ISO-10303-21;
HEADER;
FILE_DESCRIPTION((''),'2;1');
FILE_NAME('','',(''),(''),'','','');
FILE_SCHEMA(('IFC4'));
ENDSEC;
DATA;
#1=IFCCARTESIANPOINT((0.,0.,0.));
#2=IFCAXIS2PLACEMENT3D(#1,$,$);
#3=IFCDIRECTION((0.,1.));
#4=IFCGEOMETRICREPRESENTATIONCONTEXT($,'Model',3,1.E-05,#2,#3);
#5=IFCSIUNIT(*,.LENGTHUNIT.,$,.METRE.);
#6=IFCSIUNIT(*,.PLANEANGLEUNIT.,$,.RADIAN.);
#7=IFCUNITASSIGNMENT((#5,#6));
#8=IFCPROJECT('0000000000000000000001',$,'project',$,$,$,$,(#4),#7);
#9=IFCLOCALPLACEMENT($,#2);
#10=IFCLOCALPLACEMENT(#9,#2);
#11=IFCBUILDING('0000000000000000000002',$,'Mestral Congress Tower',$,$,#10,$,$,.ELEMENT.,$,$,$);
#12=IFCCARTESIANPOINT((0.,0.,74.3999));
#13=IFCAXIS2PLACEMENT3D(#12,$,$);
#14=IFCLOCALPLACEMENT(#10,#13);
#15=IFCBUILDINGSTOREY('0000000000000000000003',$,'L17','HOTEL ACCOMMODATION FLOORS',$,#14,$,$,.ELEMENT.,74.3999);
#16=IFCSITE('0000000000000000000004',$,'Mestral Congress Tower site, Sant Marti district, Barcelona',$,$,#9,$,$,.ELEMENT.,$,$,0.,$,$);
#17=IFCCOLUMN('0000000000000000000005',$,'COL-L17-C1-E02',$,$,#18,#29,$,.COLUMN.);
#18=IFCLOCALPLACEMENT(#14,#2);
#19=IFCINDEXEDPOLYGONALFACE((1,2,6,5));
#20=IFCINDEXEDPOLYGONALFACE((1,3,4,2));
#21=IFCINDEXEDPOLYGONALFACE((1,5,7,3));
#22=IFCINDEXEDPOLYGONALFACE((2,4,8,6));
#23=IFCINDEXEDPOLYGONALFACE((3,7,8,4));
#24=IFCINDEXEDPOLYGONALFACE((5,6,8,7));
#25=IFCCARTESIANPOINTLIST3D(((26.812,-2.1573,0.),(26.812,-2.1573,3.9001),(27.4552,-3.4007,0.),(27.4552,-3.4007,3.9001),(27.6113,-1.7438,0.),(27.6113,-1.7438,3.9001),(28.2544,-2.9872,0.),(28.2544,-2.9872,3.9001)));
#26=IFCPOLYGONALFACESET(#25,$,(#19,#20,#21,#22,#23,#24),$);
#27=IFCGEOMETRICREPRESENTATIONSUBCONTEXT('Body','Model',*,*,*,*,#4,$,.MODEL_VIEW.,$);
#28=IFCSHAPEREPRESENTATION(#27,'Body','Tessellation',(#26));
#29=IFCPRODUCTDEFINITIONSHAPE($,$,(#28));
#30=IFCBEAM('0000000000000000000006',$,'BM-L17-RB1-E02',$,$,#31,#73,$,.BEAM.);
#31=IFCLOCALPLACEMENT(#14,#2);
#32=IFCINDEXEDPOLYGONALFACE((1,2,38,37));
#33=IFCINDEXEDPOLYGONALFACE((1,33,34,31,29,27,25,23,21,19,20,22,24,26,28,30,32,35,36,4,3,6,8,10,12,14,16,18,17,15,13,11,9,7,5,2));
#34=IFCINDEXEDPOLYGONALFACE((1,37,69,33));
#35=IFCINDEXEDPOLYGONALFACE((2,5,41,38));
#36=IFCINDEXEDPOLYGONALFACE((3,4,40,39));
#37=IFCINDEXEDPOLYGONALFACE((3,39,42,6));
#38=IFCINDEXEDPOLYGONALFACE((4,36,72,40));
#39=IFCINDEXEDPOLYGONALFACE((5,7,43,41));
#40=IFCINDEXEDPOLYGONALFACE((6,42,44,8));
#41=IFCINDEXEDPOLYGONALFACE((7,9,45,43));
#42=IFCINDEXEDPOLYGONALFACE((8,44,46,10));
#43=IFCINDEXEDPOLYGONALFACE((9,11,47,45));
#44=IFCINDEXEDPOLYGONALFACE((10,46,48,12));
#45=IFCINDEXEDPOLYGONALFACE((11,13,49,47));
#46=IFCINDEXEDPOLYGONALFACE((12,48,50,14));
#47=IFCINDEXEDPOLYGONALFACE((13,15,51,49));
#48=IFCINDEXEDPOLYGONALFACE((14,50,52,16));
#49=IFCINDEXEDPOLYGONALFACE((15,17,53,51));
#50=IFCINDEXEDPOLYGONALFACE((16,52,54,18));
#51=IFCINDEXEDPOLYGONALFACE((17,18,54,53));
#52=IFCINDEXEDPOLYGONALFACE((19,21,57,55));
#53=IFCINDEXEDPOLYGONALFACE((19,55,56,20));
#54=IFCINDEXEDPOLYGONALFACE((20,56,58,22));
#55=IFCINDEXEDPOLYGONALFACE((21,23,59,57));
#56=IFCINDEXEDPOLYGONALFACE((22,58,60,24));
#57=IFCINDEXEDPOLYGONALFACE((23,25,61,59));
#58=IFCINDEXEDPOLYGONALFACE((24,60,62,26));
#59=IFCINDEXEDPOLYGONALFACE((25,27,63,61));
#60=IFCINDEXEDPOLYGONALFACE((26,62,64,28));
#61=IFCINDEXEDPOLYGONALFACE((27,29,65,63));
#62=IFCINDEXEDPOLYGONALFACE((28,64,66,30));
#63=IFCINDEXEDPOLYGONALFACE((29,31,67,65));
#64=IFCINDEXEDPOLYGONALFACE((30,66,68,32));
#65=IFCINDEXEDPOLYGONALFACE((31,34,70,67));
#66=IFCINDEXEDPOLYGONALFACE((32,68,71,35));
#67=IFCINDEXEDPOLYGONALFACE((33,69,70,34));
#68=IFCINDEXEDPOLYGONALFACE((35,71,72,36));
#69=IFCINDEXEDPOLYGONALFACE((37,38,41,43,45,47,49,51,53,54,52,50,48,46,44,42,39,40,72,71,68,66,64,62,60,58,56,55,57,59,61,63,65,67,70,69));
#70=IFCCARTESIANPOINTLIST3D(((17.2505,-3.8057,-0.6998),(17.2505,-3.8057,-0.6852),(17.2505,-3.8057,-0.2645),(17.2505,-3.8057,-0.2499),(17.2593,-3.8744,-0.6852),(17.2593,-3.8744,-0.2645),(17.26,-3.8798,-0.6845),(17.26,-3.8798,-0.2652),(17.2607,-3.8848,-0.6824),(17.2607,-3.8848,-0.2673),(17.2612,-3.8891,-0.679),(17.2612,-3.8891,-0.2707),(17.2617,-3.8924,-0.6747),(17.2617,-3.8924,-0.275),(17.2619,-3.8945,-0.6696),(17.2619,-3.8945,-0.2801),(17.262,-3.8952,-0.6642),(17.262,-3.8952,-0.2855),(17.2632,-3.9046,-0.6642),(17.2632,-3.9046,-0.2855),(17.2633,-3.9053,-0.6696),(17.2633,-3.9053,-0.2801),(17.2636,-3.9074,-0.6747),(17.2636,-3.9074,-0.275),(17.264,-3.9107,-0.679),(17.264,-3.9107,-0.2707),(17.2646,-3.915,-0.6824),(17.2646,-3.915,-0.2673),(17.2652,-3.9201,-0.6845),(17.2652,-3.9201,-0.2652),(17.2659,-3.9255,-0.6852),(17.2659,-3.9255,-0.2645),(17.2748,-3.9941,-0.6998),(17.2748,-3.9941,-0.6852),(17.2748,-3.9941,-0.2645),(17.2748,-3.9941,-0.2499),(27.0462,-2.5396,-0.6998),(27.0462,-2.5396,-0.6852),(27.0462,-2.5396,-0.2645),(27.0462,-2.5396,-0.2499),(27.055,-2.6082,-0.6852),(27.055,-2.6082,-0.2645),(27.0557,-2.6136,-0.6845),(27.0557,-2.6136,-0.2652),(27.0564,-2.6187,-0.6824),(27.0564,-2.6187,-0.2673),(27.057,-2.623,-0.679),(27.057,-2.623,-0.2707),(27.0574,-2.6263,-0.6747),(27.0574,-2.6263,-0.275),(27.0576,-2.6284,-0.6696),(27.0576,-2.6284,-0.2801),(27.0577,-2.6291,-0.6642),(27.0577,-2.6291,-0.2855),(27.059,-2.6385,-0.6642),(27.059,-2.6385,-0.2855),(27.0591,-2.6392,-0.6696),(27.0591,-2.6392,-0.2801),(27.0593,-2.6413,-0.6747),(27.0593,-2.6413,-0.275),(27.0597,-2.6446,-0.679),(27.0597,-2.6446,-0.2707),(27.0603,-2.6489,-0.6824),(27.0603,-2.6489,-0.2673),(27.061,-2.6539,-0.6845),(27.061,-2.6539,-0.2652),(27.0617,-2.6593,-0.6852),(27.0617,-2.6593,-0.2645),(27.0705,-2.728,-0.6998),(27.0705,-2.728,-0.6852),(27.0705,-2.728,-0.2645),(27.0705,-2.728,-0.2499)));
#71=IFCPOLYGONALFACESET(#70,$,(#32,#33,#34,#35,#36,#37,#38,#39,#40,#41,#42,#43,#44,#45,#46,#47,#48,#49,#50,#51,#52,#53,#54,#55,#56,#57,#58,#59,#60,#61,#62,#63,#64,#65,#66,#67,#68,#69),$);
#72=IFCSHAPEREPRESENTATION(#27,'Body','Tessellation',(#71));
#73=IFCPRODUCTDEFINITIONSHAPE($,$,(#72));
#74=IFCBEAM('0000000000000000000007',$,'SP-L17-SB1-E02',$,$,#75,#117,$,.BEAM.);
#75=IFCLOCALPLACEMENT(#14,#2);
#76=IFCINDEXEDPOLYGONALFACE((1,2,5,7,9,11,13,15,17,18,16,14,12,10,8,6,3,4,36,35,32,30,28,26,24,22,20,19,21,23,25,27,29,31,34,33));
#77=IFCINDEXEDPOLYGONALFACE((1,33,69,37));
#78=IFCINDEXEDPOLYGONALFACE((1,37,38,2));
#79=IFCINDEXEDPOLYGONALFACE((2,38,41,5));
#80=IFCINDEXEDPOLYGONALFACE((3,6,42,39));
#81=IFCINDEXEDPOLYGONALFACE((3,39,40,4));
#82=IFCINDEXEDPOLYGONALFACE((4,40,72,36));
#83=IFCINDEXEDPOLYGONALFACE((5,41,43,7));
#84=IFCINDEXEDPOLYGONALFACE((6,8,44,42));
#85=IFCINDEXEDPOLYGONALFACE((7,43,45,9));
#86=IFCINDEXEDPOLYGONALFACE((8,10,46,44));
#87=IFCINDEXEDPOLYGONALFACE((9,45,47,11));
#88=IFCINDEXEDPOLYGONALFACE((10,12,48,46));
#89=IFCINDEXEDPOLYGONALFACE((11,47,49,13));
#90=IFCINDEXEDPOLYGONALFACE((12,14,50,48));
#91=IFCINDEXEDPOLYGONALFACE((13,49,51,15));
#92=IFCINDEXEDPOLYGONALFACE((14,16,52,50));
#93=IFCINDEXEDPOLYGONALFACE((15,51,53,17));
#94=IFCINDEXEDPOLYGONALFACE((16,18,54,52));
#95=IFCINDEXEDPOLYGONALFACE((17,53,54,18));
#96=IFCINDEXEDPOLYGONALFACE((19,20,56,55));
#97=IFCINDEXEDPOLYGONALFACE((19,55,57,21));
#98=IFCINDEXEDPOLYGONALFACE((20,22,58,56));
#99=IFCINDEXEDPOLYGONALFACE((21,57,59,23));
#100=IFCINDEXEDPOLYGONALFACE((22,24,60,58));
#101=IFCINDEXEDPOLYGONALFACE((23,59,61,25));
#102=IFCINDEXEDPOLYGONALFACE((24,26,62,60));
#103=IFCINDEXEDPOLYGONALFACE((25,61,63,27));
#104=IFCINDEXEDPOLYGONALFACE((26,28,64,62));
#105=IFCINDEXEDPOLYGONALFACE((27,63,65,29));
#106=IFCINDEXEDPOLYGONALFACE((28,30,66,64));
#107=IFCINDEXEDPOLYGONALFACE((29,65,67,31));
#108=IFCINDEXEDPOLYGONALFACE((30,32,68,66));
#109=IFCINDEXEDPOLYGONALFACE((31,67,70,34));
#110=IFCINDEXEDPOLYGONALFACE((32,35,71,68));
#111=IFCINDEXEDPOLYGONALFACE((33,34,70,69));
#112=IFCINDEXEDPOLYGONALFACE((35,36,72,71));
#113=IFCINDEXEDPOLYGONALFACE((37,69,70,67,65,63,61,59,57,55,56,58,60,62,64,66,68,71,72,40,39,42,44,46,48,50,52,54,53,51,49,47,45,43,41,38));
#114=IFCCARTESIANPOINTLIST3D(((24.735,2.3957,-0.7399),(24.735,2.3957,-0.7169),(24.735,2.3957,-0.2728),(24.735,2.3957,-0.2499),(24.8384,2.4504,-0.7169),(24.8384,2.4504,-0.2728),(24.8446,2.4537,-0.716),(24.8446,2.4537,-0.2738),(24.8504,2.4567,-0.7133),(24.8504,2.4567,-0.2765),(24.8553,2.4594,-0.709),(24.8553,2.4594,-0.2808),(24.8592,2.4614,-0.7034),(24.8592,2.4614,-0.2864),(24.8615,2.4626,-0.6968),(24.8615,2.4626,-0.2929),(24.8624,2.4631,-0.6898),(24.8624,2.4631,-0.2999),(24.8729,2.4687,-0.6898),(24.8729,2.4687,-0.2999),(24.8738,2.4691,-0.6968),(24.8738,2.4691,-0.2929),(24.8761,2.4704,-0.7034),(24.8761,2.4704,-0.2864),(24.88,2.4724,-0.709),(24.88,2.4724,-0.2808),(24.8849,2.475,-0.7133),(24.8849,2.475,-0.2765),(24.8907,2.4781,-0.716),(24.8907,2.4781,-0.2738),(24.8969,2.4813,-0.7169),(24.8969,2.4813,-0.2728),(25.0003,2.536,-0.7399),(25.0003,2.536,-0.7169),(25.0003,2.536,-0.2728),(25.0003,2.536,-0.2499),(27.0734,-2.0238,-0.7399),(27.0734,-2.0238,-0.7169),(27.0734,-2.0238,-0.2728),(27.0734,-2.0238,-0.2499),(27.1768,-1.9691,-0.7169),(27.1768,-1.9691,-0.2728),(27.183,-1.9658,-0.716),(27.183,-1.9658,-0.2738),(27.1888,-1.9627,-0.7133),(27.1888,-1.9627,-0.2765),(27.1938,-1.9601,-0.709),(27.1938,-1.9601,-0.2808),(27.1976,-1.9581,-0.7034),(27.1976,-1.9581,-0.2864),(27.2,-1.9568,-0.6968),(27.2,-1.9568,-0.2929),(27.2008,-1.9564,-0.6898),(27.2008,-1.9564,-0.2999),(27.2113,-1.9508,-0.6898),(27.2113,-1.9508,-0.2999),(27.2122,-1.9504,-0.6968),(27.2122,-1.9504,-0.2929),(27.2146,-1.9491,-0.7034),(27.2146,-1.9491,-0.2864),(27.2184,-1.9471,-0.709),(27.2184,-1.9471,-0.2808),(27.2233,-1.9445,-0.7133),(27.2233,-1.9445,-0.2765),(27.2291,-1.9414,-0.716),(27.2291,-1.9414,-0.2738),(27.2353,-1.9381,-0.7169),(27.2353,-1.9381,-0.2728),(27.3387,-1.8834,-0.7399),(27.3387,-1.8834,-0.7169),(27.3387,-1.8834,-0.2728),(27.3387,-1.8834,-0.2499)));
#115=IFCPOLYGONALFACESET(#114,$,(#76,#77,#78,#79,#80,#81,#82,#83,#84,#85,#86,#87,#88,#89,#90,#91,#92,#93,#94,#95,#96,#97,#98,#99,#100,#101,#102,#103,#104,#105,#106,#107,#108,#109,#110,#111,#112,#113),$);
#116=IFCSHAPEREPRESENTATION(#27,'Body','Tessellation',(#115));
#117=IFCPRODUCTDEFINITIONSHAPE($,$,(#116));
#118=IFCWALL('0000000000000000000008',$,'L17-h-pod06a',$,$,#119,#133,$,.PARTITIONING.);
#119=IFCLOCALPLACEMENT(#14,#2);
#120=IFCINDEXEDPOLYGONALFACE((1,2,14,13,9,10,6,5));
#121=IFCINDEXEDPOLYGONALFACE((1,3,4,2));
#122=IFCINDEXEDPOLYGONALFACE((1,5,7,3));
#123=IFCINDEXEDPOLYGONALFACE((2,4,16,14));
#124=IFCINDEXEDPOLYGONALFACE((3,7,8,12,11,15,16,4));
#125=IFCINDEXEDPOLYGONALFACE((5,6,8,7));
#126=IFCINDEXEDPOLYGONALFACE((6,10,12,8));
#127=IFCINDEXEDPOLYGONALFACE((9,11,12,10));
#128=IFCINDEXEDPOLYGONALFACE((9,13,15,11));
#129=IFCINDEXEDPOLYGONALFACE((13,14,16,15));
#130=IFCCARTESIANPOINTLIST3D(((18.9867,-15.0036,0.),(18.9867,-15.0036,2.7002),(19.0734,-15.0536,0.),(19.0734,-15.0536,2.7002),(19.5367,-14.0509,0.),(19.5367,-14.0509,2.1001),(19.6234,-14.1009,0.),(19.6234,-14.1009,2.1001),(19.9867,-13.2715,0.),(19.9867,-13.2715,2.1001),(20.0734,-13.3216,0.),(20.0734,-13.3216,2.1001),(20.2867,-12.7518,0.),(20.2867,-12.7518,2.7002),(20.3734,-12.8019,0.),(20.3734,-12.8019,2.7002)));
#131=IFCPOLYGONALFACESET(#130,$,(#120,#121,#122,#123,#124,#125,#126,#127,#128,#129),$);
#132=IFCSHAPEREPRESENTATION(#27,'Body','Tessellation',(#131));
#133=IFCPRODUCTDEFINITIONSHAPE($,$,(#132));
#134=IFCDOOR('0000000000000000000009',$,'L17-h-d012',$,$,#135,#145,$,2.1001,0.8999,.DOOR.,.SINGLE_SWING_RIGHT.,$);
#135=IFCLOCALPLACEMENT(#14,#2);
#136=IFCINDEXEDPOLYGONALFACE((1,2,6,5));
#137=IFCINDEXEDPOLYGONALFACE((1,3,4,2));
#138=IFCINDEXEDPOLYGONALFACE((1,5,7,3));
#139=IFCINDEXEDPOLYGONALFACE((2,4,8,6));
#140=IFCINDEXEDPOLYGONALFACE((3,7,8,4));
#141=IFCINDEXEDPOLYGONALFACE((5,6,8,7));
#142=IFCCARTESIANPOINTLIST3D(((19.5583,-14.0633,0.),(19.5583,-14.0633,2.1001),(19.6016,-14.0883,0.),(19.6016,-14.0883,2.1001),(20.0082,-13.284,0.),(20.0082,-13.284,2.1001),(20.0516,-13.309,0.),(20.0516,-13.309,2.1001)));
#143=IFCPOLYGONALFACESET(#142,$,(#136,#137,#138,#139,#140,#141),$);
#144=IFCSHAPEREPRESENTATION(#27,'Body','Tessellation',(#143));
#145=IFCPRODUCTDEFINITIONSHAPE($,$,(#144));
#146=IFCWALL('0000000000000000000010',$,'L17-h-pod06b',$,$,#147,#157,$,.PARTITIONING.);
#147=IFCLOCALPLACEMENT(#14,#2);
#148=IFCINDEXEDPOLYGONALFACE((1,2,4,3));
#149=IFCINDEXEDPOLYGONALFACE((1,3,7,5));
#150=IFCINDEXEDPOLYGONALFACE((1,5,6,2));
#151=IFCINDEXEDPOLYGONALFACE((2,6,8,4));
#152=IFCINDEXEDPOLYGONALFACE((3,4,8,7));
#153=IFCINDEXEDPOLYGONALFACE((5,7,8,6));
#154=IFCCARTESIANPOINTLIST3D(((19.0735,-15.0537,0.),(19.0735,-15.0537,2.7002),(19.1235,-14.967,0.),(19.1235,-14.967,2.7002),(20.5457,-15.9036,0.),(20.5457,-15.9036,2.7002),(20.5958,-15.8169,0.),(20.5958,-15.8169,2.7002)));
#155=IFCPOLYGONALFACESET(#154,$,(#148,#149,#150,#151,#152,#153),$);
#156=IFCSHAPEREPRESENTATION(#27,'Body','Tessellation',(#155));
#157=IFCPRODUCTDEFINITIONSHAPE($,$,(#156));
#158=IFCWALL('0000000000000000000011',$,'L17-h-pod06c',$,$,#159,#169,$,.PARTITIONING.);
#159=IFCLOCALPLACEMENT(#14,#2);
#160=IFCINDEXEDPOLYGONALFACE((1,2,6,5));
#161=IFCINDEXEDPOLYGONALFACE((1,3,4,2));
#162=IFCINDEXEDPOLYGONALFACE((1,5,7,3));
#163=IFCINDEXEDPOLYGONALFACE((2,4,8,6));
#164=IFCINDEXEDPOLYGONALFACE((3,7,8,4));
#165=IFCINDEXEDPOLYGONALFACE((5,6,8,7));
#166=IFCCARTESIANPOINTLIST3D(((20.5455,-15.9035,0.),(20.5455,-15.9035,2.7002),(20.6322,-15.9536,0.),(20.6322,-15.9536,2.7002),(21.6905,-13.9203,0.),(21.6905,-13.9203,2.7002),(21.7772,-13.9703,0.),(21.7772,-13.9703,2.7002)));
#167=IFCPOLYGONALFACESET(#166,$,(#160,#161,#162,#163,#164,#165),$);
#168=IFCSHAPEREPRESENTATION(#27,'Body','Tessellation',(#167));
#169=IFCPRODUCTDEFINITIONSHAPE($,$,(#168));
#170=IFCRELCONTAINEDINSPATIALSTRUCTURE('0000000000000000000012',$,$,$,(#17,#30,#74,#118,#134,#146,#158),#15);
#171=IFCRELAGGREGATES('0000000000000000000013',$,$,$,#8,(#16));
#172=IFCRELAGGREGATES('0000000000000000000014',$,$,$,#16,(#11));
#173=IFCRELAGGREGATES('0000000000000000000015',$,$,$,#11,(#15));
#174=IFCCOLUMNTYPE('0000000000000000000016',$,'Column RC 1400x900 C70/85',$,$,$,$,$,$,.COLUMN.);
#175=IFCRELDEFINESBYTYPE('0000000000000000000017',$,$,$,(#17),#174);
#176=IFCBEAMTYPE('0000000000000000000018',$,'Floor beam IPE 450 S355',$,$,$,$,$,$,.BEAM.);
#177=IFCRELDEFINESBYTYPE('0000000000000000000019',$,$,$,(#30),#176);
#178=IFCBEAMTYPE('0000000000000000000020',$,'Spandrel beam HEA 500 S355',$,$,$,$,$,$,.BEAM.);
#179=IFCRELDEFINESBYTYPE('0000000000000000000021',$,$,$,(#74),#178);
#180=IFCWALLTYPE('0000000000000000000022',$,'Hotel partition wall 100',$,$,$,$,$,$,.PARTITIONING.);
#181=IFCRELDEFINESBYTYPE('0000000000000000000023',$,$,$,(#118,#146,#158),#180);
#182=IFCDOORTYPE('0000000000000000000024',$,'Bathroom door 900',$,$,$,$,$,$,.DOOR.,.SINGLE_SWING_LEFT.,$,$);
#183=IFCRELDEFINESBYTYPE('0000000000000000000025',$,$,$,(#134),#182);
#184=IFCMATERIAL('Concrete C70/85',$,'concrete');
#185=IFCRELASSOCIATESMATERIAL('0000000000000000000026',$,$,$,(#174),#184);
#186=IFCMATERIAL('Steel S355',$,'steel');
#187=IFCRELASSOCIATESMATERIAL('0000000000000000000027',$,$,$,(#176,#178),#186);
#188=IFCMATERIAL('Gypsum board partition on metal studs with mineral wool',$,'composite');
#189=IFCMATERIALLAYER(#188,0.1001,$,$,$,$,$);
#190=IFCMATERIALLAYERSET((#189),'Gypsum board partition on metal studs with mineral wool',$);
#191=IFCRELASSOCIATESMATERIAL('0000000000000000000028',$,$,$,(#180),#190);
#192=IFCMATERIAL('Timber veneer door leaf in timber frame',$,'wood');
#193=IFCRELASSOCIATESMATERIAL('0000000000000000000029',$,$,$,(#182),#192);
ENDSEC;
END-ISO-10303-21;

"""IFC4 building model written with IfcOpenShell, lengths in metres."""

from ifc_helpers import new_model, si_unit, direction, frame, frame_2d, origin, origin_2d, place, context, subcontext, project, spatial, rectangle, i_section, extrude, material, layer, layer_set, material_profile, profile_set, type_object, element, fill, save


model = new_model("IFC4")

# Units and contexts
model_context = context("Model", 3, precision=1e-05, world=origin(), true_north=direction((0.0, 1.0)))
body_context = subcontext(model_context, "Body", "Model", "MODEL_VIEW")
ifc_project = project(units=[si_unit("LENGTHUNIT", "METRE"), si_unit("PLANEANGLEUNIT", "RADIAN")], contexts=[model_context])

# Site, building, storey
site_placement = place(None, origin())
site = spatial("IfcSite", under=ifc_project, at=site_placement, Name="Mestral Congress Tower site, Sant Marti district, Barcelona", CompositionType="ELEMENT", RefElevation=0.0)
building_placement = place(site_placement, origin())
building = spatial("IfcBuilding", under=site, at=building_placement, Name="Mestral Congress Tower", CompositionType="ELEMENT")
storey_placement = place(building_placement, frame((0.0, 0.0, 74.3999)))
storey = spatial("IfcBuildingStorey", under=building, at=storey_placement, Name="L17", Description="HOTEL ACCOMMODATION FLOORS", CompositionType="ELEMENT", Elevation=74.3999)

# Column
ifc_material_1 = material(Name="Concrete C70/85", Category="concrete")
ifc_material_profile_1 = material_profile(ifc_material_1, rectangle(XDim=1.3999, YDim=0.8999, at=origin_2d()), Name="RC 1400x900")
ifc_profile_set_1 = profile_set([ifc_material_profile_1], Name="Concrete C70/85")
column_type = type_object("IfcColumnType", Name="Column RC 1400x900 C70/85", PredefinedType="COLUMN", material=ifc_profile_set_1)
column_placement = place(storey_placement, frame((27.5332, -2.5723, 0.0), z_axis=(0.0, 0.0, 1.0), x_axis=(-0.459456, 0.888201, 0.0)))
element("IfcColumn", 1, at=column_placement, inside=storey, type_object=column_type, Name="COL-L17-C1-E02", PredefinedType="COLUMN", context=body_context, shape_type="SweptSolid", body=[
    extrude(rectangle(XDim=1.3999, YDim=0.8999, at=origin_2d()), origin(), (0.0, 0.0, 1.0), 3.9001),
])

# Beams
ifc_material_2 = material(Name="Steel S355", Category="steel")
ifc_material_profile_2 = material_profile(ifc_material_2, i_section(OverallWidth=0.1899, OverallDepth=0.45, WebThickness=0.0095, FlangeThickness=0.0146, FilletRadius=0.021, at=origin_2d()), Name="IPE 450")
ifc_profile_set_2 = profile_set([ifc_material_profile_2], Name="Steel S355")
beam_type_1 = type_object("IfcBeamType", Name="Floor beam IPE 450 S355", PredefinedType="BEAM", material=ifc_profile_set_2)
beam_1_placement = place(storey_placement, frame((27.0583, -2.6338, -0.4749), z_axis=(-0.99175, -0.128186, 0.0), x_axis=(0.128186, -0.99175, 0.0)))
element("IfcBeam", 2, at=beam_1_placement, inside=storey, type_object=beam_type_1, Name="BM-L17-RB1-E02", PredefinedType="BEAM", context=body_context, shape_type="SweptSolid", body=[
    extrude(i_section(OverallWidth=0.1899, OverallDepth=0.45, WebThickness=0.0095, FlangeThickness=0.0146, FilletRadius=0.021, at=origin_2d()), origin(), (0.0, 0.0, 1.0), 9.8772),
])
ifc_material_profile_3 = material_profile(ifc_material_2, i_section(OverallWidth=0.3, OverallDepth=0.49, WebThickness=0.012, FlangeThickness=0.0229, FilletRadius=0.0271, at=origin_2d()), Name="HEA 500")
ifc_profile_set_3 = profile_set([ifc_material_profile_3], Name="Steel S355")
beam_type_2 = type_object("IfcBeamType", Name="Spandrel beam HEA 500 S355", PredefinedType="BEAM", material=ifc_profile_set_3)
beam_2_placement = place(storey_placement, frame((27.2061, -1.9536, -0.4949), z_axis=(-0.467681, 0.883897, 0.0), x_axis=(-0.883897, -0.467681, 0.0)))
element("IfcBeam", 3, at=beam_2_placement, inside=storey, type_object=beam_type_2, Name="SP-L17-SB1-E02", PredefinedType="BEAM", context=body_context, shape_type="SweptSolid", body=[
    extrude(i_section(OverallWidth=0.3, OverallDepth=0.49, WebThickness=0.012, FlangeThickness=0.0229, FilletRadius=0.0271, at=origin_2d()), origin(), (0.0, 0.0, 1.0), 5.0),
])

# Wall, opening, door
ifc_material_3 = material(Name="Gypsum board partition on metal studs with mineral wool", Category="composite")
ifc_layer_1 = layer(ifc_material_3, 0.1001)
ifc_layer_set_1 = layer_set([ifc_layer_1], Name="Gypsum board partition on metal studs with mineral wool")
wall_type_1 = type_object("IfcWallType", Name="Hotel partition wall 100", PredefinedType="PARTITIONING", material=ifc_layer_set_1)
wall_1_placement = place(storey_placement, frame((20.3301, -12.7769, 0.0), z_axis=(0.0, 0.0, 1.0), x_axis=(-0.500007, -0.866021, 0.0)))
wall_1 = element("IfcWall", 4, at=wall_1_placement, inside=storey, type_object=wall_type_1, Name="L17-h-pod06a", PredefinedType="PARTITIONING", context=body_context, shape_type="SweptSolid", body=[
    extrude(rectangle(XDim=2.6001, YDim=0.1001, at=frame_2d((1.3, 0.0))), origin(), (0.0, 0.0, 1.0), 2.7002),
])
opening_1_placement = place(wall_1_placement, frame((0.6001, 0.0, 0.0)))
opening_1 = element("IfcOpeningElement", 5, at=opening_1_placement, cuts=wall_1, PredefinedType="OPENING", context=body_context, shape_type="SweptSolid", body=[
    extrude(rectangle(XDim=0.8999, YDim=2.1001, at=frame_2d((0.45, 1.05))), frame((0.0, 0.0601, 0.0), z_axis=(0.0, -1.0, 0.0), x_axis=(1.0, 0.0, 0.0)), (0.0, 0.0, 1.0), 0.1201),
])
ifc_material_4 = material(Name="Timber veneer door leaf in timber frame", Category="wood")
door_type_1 = type_object("IfcDoorType", Name="Bathroom door 900", OperationType="SINGLE_SWING_LEFT", PredefinedType="DOOR", material=ifc_material_4)
door_1_placement = place(opening_1_placement, origin())
door_1 = element("IfcDoor", 6, at=door_1_placement, inside=storey, type_object=door_type_1, Name="L17-h-d012", OperationType="SINGLE_SWING_RIGHT", OverallHeight=2.1001, OverallWidth=0.8999, PredefinedType="DOOR", context=body_context, shape_type="SweptSolid", body=[
    extrude(rectangle(XDim=0.8999, YDim=2.1001, at=frame_2d((0.45, 1.05))), frame((0.0, 0.0249, 0.0), z_axis=(0.0, -1.0, 0.0), x_axis=(1.0, 0.0, 0.0)), (0.0, 0.0, 1.0), 0.05),
])
fill(opening_1, door_1)

# Walls
wall_2_placement = place(storey_placement, frame((19.0984, -15.0103, 0.0), z_axis=(0.0, 0.0, 1.0), x_axis=(0.866052, -0.499955, 0.0)))
element("IfcWall", 7, at=wall_2_placement, inside=storey, type_object=wall_type_1, Name="L17-h-pod06b", PredefinedType="PARTITIONING", context=body_context, shape_type="SweptSolid", body=[
    extrude(rectangle(XDim=1.7, YDim=0.1001, at=frame_2d((0.8501, 0.0))), origin(), (0.0, 0.0, 1.0), 2.7002),
])
wall_3_placement = place(storey_placement, frame((21.7339, -13.9453, 0.0), z_axis=(0.0, 0.0, 1.0), x_axis=(-0.500015, -0.866017, 0.0)))
element("IfcWall", 8, at=wall_3_placement, inside=storey, type_object=wall_type_1, Name="L17-h-pod06c", PredefinedType="PARTITIONING", context=body_context, shape_type="SweptSolid", body=[
    extrude(rectangle(XDim=2.29, YDim=0.1001, at=frame_2d((1.145, 0.0))), origin(), (0.0, 0.0, 1.0), 2.7002),
])

save(model, "model.ifc")
